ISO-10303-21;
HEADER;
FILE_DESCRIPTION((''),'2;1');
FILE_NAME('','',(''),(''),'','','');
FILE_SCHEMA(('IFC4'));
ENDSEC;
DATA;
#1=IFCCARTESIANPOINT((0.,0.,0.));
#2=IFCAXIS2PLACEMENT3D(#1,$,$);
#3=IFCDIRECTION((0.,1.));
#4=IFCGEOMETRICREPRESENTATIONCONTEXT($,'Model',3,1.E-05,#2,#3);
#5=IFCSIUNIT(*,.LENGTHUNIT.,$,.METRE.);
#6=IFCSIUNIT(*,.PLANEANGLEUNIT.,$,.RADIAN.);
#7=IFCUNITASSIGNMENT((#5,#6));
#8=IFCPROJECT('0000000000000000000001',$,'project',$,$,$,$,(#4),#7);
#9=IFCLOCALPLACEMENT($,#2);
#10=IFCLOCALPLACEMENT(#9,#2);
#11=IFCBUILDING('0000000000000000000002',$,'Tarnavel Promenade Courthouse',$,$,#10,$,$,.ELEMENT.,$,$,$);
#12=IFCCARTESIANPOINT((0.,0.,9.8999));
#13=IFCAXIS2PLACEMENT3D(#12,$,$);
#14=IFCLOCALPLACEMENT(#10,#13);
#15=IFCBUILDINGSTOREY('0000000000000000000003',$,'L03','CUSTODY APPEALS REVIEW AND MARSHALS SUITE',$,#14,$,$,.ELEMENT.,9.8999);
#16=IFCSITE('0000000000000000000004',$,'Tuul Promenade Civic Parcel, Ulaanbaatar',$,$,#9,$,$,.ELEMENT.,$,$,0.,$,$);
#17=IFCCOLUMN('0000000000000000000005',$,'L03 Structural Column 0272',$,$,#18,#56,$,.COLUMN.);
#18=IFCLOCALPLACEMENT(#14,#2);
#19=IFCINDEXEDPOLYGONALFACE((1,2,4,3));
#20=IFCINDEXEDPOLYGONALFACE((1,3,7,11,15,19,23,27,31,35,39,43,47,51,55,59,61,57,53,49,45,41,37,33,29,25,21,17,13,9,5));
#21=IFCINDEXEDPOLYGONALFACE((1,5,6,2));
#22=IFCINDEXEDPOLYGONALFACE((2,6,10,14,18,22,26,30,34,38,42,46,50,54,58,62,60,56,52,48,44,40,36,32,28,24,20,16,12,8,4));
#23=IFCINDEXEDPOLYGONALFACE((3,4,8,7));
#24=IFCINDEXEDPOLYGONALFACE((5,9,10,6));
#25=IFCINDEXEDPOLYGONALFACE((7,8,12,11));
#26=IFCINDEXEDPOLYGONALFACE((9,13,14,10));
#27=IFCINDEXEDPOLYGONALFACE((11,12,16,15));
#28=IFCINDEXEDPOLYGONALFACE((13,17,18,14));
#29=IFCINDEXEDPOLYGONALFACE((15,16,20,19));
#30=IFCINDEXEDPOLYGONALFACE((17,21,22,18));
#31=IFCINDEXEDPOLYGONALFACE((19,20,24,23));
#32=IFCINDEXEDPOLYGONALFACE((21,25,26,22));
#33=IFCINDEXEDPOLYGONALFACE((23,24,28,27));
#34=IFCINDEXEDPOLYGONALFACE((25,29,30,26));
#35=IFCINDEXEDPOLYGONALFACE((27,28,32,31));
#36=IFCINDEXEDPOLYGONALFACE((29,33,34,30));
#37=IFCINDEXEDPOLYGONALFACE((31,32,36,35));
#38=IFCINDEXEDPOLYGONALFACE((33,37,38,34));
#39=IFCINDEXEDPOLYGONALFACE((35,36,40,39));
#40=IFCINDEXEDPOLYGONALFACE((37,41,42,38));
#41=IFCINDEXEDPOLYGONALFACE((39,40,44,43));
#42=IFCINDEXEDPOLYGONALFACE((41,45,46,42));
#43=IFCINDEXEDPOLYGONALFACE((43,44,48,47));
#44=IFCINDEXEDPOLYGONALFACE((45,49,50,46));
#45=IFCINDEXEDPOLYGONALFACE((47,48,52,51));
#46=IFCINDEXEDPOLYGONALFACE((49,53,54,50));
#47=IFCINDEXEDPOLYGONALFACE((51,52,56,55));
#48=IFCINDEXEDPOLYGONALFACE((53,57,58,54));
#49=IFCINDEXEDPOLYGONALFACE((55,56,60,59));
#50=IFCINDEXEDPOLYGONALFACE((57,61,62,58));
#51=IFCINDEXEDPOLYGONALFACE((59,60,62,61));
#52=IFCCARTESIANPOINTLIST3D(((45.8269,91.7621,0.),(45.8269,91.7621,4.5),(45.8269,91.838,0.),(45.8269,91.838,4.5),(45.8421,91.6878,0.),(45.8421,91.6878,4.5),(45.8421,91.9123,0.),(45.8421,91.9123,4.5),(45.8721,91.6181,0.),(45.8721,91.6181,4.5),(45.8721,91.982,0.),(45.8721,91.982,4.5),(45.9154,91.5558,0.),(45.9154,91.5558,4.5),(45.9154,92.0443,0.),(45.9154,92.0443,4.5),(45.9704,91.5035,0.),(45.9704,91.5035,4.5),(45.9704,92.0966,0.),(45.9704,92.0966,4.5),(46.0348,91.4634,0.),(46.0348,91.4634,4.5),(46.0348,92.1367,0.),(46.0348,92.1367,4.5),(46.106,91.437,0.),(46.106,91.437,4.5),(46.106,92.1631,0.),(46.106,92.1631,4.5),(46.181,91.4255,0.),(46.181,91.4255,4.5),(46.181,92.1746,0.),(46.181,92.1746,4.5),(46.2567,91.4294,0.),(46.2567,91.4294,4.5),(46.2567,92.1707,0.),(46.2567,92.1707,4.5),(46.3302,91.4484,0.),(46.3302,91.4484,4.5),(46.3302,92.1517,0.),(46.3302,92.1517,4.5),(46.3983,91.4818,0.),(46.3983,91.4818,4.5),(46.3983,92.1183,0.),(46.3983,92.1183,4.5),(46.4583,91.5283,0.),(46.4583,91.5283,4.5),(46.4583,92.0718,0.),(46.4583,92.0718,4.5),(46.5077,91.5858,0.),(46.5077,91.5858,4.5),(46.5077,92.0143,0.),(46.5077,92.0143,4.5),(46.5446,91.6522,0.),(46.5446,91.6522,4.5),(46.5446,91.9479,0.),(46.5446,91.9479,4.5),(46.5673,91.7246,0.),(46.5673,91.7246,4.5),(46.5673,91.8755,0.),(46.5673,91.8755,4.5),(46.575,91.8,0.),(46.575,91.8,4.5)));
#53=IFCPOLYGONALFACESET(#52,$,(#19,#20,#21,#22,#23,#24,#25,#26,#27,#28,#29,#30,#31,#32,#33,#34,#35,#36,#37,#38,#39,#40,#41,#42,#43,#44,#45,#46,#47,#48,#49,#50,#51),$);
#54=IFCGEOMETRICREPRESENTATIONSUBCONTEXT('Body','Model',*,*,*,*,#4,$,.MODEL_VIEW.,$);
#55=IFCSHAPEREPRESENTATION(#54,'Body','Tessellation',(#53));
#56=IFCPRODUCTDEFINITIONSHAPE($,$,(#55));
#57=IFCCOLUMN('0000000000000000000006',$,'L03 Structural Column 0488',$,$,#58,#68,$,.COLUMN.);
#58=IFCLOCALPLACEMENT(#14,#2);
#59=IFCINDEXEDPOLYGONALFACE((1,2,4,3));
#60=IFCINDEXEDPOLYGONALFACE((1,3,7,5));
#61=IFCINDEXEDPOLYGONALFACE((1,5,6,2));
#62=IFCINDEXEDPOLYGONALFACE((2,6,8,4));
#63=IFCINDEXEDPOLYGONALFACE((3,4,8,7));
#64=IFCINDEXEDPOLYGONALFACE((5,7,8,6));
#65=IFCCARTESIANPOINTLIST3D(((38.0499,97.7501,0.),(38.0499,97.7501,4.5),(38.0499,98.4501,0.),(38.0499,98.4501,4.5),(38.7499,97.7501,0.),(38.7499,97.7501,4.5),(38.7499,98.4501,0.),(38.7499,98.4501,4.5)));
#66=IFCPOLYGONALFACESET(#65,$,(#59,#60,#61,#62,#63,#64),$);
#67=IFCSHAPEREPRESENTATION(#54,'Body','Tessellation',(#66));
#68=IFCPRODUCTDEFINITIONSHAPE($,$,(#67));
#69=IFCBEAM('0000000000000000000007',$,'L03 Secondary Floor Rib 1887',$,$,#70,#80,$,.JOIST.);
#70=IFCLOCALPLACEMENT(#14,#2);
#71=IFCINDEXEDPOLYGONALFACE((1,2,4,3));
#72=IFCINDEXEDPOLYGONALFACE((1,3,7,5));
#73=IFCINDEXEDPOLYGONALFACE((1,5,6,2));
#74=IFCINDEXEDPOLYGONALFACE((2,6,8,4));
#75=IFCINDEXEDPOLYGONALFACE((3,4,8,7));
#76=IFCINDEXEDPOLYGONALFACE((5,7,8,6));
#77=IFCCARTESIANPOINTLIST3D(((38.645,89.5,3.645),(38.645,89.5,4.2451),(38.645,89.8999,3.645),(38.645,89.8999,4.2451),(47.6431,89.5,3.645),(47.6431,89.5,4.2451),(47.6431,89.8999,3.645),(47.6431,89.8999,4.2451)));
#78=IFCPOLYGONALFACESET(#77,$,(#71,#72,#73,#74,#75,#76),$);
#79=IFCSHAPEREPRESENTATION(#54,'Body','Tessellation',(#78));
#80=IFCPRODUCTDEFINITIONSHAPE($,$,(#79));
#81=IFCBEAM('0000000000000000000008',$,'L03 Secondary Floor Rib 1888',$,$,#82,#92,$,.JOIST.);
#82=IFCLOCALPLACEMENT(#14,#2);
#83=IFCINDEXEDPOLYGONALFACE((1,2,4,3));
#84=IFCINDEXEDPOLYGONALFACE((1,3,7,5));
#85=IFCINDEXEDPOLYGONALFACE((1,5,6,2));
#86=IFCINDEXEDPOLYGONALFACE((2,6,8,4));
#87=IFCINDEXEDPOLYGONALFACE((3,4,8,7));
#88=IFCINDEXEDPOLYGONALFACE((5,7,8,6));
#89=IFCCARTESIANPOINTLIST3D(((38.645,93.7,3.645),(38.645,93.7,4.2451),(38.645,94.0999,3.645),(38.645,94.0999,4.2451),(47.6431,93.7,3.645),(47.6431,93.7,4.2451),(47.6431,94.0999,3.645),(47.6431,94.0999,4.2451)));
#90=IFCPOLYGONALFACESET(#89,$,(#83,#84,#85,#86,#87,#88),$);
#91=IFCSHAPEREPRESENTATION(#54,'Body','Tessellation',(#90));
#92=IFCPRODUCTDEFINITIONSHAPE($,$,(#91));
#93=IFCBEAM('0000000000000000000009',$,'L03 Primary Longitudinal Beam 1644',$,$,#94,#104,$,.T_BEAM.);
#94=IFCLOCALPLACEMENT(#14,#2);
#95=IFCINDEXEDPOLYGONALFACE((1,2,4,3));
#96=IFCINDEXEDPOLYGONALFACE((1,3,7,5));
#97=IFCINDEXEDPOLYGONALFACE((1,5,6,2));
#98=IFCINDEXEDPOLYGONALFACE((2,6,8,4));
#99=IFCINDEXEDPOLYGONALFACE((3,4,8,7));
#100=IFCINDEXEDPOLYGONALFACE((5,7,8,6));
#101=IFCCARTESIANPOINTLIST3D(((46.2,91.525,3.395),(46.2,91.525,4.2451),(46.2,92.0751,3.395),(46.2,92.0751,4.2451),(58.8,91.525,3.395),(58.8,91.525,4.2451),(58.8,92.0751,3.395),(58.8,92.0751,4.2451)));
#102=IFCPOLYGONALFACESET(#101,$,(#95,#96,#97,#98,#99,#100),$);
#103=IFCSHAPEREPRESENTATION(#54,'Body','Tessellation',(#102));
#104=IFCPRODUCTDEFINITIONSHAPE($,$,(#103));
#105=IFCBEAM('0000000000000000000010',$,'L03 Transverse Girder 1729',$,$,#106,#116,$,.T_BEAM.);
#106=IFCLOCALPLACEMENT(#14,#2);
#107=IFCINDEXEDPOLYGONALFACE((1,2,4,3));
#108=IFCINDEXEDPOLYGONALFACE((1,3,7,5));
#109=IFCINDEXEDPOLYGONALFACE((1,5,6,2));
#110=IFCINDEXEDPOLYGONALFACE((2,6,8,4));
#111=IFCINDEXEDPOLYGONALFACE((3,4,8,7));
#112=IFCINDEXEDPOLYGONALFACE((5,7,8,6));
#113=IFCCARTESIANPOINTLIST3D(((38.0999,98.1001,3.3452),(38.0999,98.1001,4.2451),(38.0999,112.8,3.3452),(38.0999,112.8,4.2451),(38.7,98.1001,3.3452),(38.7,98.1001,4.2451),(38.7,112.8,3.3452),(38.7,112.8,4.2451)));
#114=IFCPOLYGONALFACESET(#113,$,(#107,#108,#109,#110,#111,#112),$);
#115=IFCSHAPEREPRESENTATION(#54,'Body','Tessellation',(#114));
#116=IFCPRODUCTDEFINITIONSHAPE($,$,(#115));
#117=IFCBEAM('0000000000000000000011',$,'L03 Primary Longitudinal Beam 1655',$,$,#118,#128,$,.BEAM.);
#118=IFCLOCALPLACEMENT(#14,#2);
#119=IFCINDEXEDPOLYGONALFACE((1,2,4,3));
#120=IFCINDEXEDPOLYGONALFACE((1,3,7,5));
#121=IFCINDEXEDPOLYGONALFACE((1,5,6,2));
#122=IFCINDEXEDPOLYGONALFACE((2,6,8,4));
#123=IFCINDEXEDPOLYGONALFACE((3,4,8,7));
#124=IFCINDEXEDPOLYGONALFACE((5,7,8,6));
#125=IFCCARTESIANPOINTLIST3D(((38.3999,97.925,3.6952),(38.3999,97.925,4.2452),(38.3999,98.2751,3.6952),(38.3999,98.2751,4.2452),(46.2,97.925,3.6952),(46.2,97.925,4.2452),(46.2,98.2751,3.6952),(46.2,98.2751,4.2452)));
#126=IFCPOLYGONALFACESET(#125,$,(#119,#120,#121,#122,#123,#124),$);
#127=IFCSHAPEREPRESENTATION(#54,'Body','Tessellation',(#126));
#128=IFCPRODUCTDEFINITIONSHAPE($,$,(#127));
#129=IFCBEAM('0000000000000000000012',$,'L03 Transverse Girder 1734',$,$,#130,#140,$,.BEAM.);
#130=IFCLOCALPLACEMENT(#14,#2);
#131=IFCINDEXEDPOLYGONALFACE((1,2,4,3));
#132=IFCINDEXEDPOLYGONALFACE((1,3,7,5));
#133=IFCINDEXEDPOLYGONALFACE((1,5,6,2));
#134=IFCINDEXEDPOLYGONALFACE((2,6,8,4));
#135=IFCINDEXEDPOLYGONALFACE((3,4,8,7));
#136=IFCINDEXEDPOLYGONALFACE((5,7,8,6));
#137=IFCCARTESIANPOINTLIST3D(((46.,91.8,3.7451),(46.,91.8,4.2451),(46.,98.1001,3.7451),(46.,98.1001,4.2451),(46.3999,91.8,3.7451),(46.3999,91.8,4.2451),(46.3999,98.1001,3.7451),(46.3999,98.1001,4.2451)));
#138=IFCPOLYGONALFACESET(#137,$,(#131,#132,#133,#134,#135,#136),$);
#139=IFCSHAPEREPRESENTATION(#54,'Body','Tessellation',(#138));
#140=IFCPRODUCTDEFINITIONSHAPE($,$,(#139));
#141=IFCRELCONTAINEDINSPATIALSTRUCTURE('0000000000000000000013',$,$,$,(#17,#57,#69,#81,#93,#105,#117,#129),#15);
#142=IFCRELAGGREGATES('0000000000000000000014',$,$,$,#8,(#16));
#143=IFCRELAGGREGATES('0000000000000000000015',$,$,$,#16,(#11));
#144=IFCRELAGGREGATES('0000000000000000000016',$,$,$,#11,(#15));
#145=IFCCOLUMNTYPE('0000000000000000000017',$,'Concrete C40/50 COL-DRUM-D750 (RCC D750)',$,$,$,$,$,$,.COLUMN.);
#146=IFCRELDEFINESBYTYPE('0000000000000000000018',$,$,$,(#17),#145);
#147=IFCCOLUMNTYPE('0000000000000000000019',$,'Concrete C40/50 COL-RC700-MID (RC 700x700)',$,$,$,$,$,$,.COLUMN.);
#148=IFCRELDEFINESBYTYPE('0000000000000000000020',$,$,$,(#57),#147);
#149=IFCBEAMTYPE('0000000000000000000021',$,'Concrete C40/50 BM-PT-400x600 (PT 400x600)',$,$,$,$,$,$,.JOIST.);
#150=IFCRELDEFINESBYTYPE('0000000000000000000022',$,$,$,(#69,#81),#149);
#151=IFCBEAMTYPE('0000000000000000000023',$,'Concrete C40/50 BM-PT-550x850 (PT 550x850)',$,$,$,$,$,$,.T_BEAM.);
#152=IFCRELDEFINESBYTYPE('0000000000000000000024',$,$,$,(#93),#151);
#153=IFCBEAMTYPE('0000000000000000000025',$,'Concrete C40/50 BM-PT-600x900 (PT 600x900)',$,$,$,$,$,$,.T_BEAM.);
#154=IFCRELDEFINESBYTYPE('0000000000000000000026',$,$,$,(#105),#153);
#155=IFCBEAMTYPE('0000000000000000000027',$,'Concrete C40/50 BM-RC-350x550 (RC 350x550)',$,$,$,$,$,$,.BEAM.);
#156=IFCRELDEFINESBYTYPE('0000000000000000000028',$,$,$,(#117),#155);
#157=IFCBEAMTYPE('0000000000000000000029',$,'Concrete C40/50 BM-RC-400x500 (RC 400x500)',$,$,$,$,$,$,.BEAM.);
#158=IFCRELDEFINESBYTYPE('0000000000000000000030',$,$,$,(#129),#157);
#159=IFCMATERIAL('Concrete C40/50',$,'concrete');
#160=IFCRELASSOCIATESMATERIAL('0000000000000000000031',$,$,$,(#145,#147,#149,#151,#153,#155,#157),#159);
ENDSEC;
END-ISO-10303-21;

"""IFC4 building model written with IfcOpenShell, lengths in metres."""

from ifc_helpers import new_model, si_unit, direction, frame, origin, origin_2d, place, context, subcontext, project, spatial, rectangle, circle, extrude, material, material_profile, profile_set, type_object, element, save


model = new_model("IFC4")

# Units and contexts
model_context = context("Model", 3, precision=1e-05, world=origin(), true_north=direction((0.0, 1.0)))
body_context = subcontext(model_context, "Body", "Model", "MODEL_VIEW")
ifc_project = project(units=[si_unit("LENGTHUNIT", "METRE"), si_unit("PLANEANGLEUNIT", "RADIAN")], contexts=[model_context])

# Site, building, storey
site_placement = place(None, origin())
site = spatial("IfcSite", under=ifc_project, at=site_placement, Name="Tuul Promenade Civic Parcel, Ulaanbaatar", CompositionType="ELEMENT", RefElevation=0.0)
building_placement = place(site_placement, origin())
building = spatial("IfcBuilding", under=site, at=building_placement, Name="Tarnavel Promenade Courthouse", CompositionType="ELEMENT")
storey_placement = place(building_placement, frame((0.0, 0.0, 9.8999)))
storey = spatial("IfcBuildingStorey", under=building, at=storey_placement, Name="L03", Description="CUSTODY APPEALS REVIEW AND MARSHALS SUITE", CompositionType="ELEMENT", Elevation=9.8999)

# Columns
ifc_material_1 = material(Name="Concrete C40/50", Category="concrete")
ifc_material_profile_1 = material_profile(ifc_material_1, circle(Radius=0.375, at=origin_2d()), Name="RCC D750")
ifc_profile_set_1 = profile_set([ifc_material_profile_1], Name="Concrete C40/50")
column_type_1 = type_object("IfcColumnType", Name="Concrete C40/50 COL-DRUM-D750 (RCC D750)", PredefinedType="COLUMN", material=ifc_profile_set_1)
column_1_placement = place(storey_placement, frame((46.2, 91.8, 0.0), z_axis=(0.0, 0.0, 1.0), x_axis=(1.0, 0.0, 0.0)))
element("IfcColumn", 1, at=column_1_placement, inside=storey, type_object=column_type_1, Name="L03 Structural Column 0272", PredefinedType="COLUMN", context=body_context, shape_type="SweptSolid", body=[
    extrude(circle(Radius=0.375, at=origin_2d()), origin(), (0.0, 0.0, 1.0), 4.5),
])
ifc_material_profile_2 = material_profile(ifc_material_1, rectangle(XDim=0.7, YDim=0.7, at=origin_2d()), Name="RC 700x700")
ifc_profile_set_2 = profile_set([ifc_material_profile_2], Name="Concrete C40/50")
column_type_2 = type_object("IfcColumnType", Name="Concrete C40/50 COL-RC700-MID (RC 700x700)", PredefinedType="COLUMN", material=ifc_profile_set_2)
column_2_placement = place(storey_placement, frame((38.3999, 98.1001, 0.0), z_axis=(0.0, 0.0, 1.0), x_axis=(1.0, 0.0, 0.0)))
element("IfcColumn", 2, at=column_2_placement, inside=storey, type_object=column_type_2, Name="L03 Structural Column 0488", PredefinedType="COLUMN", context=body_context, shape_type="SweptSolid", body=[
    extrude(rectangle(XDim=0.7, YDim=0.7, at=origin_2d()), origin(), (0.0, 0.0, 1.0), 4.5),
])

# Beams
ifc_material_profile_3 = material_profile(ifc_material_1, rectangle(XDim=0.3999, YDim=0.6001, at=origin_2d()), Name="PT 400x600")
ifc_profile_set_3 = profile_set([ifc_material_profile_3], Name="Concrete C40/50")
beam_type_1 = type_object("IfcBeamType", Name="Concrete C40/50 BM-PT-400x600 (PT 400x600)", PredefinedType="JOIST", material=ifc_profile_set_3)
for number, where, z_axis, x_axis, name in (
    (3, (38.645, 89.7, 3.9451), (1.0, 0.0, 0.0), (0.0, 1.0, 0.0), "L03 Secondary Floor Rib 1887"),
    (4, (38.645, 93.8999, 3.9451), (1.0, 0.0, 0.0), (0.0, 1.0, 0.0), "L03 Secondary Floor Rib 1888"),
):
    element("IfcBeam", number, at=place(storey_placement, frame(where, z_axis=z_axis, x_axis=x_axis)), inside=storey, type_object=beam_type_1, Name=name, PredefinedType="JOIST", context=body_context, shape_type="SweptSolid", body=[
        extrude(rectangle(XDim=0.3999, YDim=0.6001, at=origin_2d()), origin(), (0.0, 0.0, 1.0), 8.998),
    ])
ifc_material_profile_4 = material_profile(ifc_material_1, rectangle(XDim=0.55, YDim=0.8501, at=origin_2d()), Name="PT 550x850")
ifc_profile_set_4 = profile_set([ifc_material_profile_4], Name="Concrete C40/50")
beam_type_2 = type_object("IfcBeamType", Name="Concrete C40/50 BM-PT-550x850 (PT 550x850)", PredefinedType="T_BEAM", material=ifc_profile_set_4)
beam_1_placement = place(storey_placement, frame((46.2, 91.8, 3.8201), z_axis=(1.0, 0.0, 0.0), x_axis=(0.0, 1.0, 0.0)))
element("IfcBeam", 5, at=beam_1_placement, inside=storey, type_object=beam_type_2, Name="L03 Primary Longitudinal Beam 1644", PredefinedType="T_BEAM", context=body_context, shape_type="SweptSolid", body=[
    extrude(rectangle(XDim=0.55, YDim=0.8501, at=origin_2d()), origin(), (0.0, 0.0, 1.0), 12.6001),
])
ifc_material_profile_5 = material_profile(ifc_material_1, rectangle(XDim=0.6001, YDim=0.8999, at=origin_2d()), Name="PT 600x900")
ifc_profile_set_5 = profile_set([ifc_material_profile_5], Name="Concrete C40/50")
beam_type_3 = type_object("IfcBeamType", Name="Concrete C40/50 BM-PT-600x900 (PT 600x900)", PredefinedType="T_BEAM", material=ifc_profile_set_5)
beam_2_placement = place(storey_placement, frame((38.3999, 98.1001, 3.7952), z_axis=(0.0, 1.0, 0.0), x_axis=(-1.0, 0.0, 0.0)))
element("IfcBeam", 6, at=beam_2_placement, inside=storey, type_object=beam_type_3, Name="L03 Transverse Girder 1729", PredefinedType="T_BEAM", context=body_context, shape_type="SweptSolid", body=[
    extrude(rectangle(XDim=0.6001, YDim=0.8999, at=origin_2d()), origin(), (0.0, 0.0, 1.0), 14.7),
])
ifc_material_profile_6 = material_profile(ifc_material_1, rectangle(XDim=0.3501, YDim=0.55, at=origin_2d()), Name="RC 350x550")
ifc_profile_set_6 = profile_set([ifc_material_profile_6], Name="Concrete C40/50")
beam_type_4 = type_object("IfcBeamType", Name="Concrete C40/50 BM-RC-350x550 (RC 350x550)", PredefinedType="BEAM", material=ifc_profile_set_6)
beam_3_placement = place(storey_placement, frame((38.3999, 98.1001, 3.9702), z_axis=(1.0, 0.0, 0.0), x_axis=(0.0, 1.0, 0.0)))
element("IfcBeam", 7, at=beam_3_placement, inside=storey, type_object=beam_type_4, Name="L03 Primary Longitudinal Beam 1655", PredefinedType="BEAM", context=body_context, shape_type="SweptSolid", body=[
    extrude(rectangle(XDim=0.3501, YDim=0.55, at=origin_2d()), origin(), (0.0, 0.0, 1.0), 7.8),
])
ifc_material_profile_7 = material_profile(ifc_material_1, rectangle(XDim=0.3999, YDim=0.5, at=origin_2d()), Name="RC 400x500")
ifc_profile_set_7 = profile_set([ifc_material_profile_7], Name="Concrete C40/50")
beam_type_5 = type_object("IfcBeamType", Name="Concrete C40/50 BM-RC-400x500 (RC 400x500)", PredefinedType="BEAM", material=ifc_profile_set_7)
beam_4_placement = place(storey_placement, frame((46.2, 91.8, 3.9951), z_axis=(0.0, 1.0, 0.0), x_axis=(-1.0, 0.0, 0.0)))
element("IfcBeam", 8, at=beam_4_placement, inside=storey, type_object=beam_type_5, Name="L03 Transverse Girder 1734", PredefinedType="BEAM", context=body_context, shape_type="SweptSolid", body=[
    extrude(rectangle(XDim=0.3999, YDim=0.5, at=origin_2d()), origin(), (0.0, 0.0, 1.0), 6.3),
])

save(model, "model.ifc")
